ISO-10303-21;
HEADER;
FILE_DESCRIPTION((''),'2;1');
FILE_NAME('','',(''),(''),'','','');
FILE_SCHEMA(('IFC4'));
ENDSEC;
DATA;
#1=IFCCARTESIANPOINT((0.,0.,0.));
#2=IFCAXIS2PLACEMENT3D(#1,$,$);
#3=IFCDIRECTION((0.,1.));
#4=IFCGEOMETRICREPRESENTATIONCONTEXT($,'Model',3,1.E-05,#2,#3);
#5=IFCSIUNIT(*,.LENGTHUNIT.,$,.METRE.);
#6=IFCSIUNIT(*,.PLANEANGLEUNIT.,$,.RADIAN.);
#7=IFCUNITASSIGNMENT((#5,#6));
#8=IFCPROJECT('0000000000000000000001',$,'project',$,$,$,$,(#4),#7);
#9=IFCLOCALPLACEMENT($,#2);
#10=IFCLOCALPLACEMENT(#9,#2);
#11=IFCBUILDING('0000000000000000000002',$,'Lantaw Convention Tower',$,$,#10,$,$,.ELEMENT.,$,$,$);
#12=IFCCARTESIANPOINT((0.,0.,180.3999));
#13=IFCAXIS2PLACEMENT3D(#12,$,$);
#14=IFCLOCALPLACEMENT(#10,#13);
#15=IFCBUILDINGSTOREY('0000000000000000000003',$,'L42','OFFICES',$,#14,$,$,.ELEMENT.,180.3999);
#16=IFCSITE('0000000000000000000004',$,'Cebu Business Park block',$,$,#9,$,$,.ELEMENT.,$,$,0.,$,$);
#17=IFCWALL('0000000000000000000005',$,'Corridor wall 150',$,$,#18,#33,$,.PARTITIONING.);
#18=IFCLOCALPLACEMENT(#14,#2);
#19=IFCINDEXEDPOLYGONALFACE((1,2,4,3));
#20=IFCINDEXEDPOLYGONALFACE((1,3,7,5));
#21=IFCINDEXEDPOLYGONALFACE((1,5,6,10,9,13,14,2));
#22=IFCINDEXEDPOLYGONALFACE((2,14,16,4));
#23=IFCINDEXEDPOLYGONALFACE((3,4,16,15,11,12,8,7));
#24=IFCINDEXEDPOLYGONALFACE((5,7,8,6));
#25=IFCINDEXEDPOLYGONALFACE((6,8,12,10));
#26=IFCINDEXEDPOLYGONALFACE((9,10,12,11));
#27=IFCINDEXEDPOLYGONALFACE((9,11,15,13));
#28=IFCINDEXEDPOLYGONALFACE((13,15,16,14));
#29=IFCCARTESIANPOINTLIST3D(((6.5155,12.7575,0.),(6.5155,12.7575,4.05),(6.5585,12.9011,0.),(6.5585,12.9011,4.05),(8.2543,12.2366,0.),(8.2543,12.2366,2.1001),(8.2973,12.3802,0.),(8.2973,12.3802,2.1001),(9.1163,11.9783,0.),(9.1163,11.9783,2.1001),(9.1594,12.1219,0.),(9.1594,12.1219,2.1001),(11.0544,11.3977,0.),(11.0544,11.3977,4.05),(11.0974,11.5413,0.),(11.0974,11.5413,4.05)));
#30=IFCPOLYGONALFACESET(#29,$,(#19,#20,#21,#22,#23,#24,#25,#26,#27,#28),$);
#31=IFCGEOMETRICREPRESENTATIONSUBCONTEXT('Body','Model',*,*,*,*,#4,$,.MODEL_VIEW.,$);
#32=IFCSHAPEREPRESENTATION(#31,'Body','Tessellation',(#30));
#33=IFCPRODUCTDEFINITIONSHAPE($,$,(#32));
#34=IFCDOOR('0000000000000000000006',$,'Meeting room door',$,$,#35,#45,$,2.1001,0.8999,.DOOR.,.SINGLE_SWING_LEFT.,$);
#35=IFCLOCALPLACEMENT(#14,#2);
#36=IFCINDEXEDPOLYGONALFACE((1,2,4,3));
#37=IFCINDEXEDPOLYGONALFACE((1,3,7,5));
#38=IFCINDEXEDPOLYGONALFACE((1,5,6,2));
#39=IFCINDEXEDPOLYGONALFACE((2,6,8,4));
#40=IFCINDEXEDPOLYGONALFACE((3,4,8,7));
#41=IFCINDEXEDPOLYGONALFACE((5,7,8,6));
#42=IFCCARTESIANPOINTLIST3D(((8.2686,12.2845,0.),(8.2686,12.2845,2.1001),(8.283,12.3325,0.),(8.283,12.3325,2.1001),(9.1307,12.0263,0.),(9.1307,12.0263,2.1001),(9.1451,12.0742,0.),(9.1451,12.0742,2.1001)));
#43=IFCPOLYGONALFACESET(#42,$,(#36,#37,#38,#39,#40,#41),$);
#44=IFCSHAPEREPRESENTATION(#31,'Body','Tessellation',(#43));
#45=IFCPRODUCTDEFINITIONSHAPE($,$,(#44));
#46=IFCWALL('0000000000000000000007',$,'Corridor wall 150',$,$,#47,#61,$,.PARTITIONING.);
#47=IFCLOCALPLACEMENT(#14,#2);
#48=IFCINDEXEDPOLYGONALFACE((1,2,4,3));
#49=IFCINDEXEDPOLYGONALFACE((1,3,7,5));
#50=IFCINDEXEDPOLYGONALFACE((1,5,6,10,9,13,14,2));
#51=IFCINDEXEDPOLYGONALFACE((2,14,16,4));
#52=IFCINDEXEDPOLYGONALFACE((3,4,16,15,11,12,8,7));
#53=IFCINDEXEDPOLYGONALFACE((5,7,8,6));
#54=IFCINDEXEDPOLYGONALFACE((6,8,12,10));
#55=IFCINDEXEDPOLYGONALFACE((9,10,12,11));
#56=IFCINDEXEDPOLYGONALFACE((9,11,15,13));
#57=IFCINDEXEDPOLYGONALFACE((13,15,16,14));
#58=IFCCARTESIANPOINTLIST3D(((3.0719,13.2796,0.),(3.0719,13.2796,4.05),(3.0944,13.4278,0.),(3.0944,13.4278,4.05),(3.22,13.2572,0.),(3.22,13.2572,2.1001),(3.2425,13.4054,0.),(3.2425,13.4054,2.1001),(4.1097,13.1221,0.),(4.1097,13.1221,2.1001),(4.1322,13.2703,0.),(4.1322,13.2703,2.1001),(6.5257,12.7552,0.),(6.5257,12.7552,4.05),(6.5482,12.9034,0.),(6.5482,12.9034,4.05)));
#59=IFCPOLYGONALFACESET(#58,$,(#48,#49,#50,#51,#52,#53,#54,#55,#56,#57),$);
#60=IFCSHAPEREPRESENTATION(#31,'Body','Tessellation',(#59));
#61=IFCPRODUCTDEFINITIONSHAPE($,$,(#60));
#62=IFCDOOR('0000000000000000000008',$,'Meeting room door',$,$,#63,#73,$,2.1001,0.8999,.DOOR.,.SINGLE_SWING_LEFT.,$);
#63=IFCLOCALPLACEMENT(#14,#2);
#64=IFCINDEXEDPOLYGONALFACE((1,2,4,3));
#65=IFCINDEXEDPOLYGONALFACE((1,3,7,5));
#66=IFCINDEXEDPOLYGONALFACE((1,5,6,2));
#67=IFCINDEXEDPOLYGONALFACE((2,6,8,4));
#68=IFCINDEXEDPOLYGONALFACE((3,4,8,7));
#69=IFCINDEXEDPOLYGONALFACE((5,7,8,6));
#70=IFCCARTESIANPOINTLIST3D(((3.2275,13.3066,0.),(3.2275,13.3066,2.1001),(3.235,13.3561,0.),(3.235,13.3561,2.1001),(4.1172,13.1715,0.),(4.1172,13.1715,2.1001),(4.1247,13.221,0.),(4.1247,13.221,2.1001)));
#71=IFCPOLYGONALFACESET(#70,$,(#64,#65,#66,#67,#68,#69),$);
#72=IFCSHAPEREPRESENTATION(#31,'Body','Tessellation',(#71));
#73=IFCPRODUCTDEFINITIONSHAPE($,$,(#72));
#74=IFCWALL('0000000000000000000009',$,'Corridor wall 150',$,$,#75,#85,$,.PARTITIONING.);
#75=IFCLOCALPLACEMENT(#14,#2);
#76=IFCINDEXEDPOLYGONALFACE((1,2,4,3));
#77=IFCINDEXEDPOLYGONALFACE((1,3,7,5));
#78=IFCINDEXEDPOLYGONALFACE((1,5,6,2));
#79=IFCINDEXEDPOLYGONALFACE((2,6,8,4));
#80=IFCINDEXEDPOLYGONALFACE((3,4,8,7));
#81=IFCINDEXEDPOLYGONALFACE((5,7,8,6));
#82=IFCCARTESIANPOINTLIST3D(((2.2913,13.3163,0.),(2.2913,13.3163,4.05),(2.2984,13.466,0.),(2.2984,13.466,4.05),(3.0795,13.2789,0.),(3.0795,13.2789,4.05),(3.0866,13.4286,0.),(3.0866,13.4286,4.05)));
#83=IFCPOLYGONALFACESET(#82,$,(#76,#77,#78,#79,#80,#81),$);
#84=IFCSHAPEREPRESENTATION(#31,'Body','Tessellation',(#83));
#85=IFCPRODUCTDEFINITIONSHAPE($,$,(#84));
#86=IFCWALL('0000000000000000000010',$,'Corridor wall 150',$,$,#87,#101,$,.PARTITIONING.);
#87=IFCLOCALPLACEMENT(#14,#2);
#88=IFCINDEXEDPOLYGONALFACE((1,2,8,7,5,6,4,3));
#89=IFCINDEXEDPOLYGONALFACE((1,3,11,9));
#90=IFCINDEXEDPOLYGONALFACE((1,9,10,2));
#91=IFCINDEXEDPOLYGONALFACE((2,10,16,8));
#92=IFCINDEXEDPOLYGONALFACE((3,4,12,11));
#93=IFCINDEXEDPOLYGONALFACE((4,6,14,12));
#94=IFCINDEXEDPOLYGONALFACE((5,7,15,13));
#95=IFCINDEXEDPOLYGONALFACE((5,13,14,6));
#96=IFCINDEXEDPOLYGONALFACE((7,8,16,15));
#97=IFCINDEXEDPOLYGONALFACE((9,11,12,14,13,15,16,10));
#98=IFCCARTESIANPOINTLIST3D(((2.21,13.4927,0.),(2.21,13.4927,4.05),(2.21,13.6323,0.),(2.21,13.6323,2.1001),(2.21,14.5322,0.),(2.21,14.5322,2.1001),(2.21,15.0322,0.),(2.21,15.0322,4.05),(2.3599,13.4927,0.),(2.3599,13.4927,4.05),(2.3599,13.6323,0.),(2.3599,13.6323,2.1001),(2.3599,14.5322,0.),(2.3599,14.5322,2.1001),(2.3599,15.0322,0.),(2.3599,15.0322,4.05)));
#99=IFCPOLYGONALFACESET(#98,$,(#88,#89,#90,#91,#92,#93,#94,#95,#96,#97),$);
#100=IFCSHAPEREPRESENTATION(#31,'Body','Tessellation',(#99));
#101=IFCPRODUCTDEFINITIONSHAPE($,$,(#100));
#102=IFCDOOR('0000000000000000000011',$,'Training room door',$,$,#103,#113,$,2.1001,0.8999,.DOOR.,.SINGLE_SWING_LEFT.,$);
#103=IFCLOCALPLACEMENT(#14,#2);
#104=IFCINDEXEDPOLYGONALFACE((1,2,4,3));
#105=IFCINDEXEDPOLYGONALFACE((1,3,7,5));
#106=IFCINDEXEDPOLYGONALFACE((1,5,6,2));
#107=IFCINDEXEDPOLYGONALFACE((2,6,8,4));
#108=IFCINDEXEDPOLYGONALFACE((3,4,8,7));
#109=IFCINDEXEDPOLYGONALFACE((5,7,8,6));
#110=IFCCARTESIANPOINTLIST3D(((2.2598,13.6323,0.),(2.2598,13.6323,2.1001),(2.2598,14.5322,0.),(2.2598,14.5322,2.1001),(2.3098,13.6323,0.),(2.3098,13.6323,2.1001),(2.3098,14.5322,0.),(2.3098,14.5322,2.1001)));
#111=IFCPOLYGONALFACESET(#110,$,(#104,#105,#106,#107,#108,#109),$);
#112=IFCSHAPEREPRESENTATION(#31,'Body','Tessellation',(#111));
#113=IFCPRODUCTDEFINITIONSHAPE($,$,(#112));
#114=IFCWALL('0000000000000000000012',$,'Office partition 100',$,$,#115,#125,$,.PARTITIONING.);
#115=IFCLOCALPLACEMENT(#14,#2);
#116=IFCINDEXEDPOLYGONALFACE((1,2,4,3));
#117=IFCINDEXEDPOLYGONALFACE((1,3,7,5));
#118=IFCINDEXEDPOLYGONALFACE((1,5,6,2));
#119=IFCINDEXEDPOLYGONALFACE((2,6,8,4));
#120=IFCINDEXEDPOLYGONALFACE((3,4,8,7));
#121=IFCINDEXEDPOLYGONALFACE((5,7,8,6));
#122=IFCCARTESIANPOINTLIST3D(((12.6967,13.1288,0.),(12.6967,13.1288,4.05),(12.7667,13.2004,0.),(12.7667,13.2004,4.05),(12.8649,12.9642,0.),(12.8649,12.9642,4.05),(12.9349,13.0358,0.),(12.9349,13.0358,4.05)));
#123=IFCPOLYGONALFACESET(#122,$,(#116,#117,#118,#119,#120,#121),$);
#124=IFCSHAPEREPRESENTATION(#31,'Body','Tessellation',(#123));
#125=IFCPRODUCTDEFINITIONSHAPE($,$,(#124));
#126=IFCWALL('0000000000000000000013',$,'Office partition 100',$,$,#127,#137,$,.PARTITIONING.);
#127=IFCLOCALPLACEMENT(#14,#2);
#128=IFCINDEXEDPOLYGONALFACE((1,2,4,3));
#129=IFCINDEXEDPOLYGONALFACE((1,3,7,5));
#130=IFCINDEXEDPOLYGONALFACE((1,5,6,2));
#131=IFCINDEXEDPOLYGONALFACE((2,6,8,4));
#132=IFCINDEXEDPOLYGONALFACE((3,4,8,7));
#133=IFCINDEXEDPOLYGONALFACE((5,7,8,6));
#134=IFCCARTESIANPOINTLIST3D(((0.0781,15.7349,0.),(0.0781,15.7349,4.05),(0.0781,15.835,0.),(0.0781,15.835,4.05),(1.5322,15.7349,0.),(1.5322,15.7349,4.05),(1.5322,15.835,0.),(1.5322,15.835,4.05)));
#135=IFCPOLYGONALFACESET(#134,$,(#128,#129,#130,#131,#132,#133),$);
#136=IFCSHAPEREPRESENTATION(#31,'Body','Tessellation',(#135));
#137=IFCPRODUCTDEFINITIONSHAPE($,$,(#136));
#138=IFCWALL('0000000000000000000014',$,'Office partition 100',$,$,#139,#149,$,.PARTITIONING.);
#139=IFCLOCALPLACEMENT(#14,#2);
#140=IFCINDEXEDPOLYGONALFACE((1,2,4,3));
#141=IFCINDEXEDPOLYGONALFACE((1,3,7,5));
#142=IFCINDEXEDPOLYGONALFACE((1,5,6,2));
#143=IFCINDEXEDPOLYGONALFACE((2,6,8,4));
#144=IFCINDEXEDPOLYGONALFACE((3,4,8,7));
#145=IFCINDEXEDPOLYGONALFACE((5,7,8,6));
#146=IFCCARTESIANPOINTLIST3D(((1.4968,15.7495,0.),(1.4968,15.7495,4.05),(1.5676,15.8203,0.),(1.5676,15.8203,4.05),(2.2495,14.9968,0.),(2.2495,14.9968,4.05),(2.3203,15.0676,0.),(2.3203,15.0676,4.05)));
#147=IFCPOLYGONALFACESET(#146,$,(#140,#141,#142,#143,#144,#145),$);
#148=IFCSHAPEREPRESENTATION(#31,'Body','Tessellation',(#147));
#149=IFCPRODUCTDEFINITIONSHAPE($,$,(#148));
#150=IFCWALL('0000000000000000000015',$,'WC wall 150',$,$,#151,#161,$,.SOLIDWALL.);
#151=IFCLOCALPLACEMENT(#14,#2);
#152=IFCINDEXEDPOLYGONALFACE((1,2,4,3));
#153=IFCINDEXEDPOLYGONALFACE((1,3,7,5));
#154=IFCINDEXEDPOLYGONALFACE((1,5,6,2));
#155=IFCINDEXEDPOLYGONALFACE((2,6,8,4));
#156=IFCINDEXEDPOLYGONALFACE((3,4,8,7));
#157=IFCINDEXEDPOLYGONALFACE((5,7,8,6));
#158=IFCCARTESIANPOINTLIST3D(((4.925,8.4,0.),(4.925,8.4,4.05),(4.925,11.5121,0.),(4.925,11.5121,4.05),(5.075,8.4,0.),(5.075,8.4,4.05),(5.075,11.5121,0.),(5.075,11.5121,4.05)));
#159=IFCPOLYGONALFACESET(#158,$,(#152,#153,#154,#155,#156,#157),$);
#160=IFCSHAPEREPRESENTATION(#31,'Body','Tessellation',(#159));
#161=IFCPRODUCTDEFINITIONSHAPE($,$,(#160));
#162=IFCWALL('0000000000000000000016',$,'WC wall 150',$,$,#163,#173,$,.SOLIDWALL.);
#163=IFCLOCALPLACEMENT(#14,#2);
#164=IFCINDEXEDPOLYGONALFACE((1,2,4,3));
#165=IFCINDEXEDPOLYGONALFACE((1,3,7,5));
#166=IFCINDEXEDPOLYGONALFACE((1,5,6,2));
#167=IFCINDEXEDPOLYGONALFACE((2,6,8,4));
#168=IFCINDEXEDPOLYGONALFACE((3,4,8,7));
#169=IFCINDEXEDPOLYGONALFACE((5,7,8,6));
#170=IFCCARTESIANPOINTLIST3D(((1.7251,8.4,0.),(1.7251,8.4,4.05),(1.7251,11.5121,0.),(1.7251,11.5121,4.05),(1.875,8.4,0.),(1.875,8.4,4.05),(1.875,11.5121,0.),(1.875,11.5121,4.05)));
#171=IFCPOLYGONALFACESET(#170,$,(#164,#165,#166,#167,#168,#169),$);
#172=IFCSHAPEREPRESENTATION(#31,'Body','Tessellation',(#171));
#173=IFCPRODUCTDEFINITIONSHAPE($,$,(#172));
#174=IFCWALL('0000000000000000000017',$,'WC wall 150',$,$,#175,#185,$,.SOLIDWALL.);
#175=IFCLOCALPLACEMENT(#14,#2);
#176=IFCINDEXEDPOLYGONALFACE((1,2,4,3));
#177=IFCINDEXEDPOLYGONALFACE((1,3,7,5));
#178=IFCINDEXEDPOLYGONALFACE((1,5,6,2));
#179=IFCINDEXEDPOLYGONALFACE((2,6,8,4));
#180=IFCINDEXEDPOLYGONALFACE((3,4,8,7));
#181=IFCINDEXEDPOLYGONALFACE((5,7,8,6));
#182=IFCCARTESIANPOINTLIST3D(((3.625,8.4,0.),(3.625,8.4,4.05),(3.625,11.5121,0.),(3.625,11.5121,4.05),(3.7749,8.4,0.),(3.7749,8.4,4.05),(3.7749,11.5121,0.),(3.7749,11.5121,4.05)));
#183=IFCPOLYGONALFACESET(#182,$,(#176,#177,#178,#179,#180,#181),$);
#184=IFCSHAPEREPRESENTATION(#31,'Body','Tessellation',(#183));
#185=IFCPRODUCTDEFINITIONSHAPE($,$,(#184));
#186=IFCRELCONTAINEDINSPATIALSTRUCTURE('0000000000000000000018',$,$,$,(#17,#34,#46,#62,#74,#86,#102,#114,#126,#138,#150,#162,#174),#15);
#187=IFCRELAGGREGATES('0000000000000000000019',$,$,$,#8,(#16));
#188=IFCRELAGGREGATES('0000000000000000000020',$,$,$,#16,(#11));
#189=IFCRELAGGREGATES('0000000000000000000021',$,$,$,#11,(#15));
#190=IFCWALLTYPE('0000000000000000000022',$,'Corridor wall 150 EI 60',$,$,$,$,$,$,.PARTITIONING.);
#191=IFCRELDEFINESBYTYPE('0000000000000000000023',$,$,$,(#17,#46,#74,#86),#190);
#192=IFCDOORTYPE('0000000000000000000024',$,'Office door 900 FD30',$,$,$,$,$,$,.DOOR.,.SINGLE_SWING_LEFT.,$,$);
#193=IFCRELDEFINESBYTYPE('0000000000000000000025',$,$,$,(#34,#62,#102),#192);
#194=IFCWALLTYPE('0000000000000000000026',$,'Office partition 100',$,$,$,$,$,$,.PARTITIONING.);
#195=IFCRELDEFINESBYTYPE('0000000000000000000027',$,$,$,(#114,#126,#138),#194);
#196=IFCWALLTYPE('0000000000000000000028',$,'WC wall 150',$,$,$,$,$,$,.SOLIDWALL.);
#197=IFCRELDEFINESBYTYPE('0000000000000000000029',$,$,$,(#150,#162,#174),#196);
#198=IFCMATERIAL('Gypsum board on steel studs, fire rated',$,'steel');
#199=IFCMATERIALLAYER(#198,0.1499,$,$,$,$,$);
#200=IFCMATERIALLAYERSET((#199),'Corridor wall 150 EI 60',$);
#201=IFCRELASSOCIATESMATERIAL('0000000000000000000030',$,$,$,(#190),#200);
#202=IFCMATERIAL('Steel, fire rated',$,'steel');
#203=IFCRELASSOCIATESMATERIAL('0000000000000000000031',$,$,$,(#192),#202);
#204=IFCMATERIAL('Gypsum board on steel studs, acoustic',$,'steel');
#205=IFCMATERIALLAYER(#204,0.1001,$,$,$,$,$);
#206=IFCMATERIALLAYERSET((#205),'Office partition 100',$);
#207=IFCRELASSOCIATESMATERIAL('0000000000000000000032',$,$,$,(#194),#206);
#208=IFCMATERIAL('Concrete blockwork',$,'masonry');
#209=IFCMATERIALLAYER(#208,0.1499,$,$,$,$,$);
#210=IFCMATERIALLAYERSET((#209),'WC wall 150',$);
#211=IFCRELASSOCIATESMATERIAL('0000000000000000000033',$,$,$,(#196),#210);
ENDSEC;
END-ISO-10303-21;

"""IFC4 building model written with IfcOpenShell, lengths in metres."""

from ifc_helpers import new_model, si_unit, direction, frame, frame_2d, origin, place, context, subcontext, project, spatial, rectangle, extrude, material, layer, layer_set, type_object, element, fill, save


model = new_model("IFC4")

# Units and contexts
model_context = context("Model", 3, precision=1e-05, world=origin(), true_north=direction((0.0, 1.0)))
body_context = subcontext(model_context, "Body", "Model", "MODEL_VIEW")
ifc_project = project(units=[si_unit("LENGTHUNIT", "METRE"), si_unit("PLANEANGLEUNIT", "RADIAN")], contexts=[model_context])

# Site, building, storey
site_placement = place(None, origin())
site = spatial("IfcSite", under=ifc_project, at=site_placement, Name="Cebu Business Park block", CompositionType="ELEMENT", RefElevation=0.0)
building_placement = place(site_placement, origin())
building = spatial("IfcBuilding", under=site, at=building_placement, Name="Lantaw Convention Tower", CompositionType="ELEMENT")
storey_placement = place(building_placement, frame((0.0, 0.0, 180.3999)))
storey = spatial("IfcBuildingStorey", under=building, at=storey_placement, Name="L42", Description="OFFICES", CompositionType="ELEMENT", Elevation=180.3999)

# Walls, openings, doors
ifc_material_1 = material(Name="Gypsum board on steel studs, fire rated", Category="steel")
ifc_layer_1 = layer(ifc_material_1, 0.1499)
ifc_layer_set_1 = layer_set([ifc_layer_1], Name="Corridor wall 150 EI 60")
wall_type_1 = type_object("IfcWallType", Name="Corridor wall 150 EI 60", PredefinedType="PARTITIONING", material=ifc_layer_set_1)
wall_1_placement = place(storey_placement, frame((11.0759, 11.4695, 0.0), z_axis=(0.0, 0.0, 1.0), x_axis=(-0.957934, 0.286989, 0.0)))
wall_1 = element("IfcWall", 1, at=wall_1_placement, inside=storey, type_object=wall_type_1, Name="Corridor wall 150", PredefinedType="PARTITIONING", context=body_context, shape_type="SweptSolid", body=[
    extrude(rectangle(XDim=4.7383, YDim=0.1499, at=frame_2d((2.3691, 0.0))), origin(), (0.0, 0.0, 1.0), 4.05),
])
opening_1_placement = place(wall_1_placement, frame((2.0232, 0.0, 0.0)))
opening_1 = element("IfcOpeningElement", 2, at=opening_1_placement, cuts=wall_1, PredefinedType="OPENING", context=body_context, shape_type="SweptSolid", body=[
    extrude(rectangle(XDim=0.8999, YDim=2.1001, at=frame_2d((0.45, 1.05))), frame((0.0, 0.085, 0.0), z_axis=(0.0, -1.0, 0.0), x_axis=(1.0, 0.0, 0.0)), (0.0, 0.0, 1.0), 0.1699),
])
ifc_material_2 = material(Name="Steel, fire rated", Category="steel")
door_type_1 = type_object("IfcDoorType", Name="Office door 900 FD30", OperationType="SINGLE_SWING_LEFT", PredefinedType="DOOR", material=ifc_material_2)
door_1_placement = place(opening_1_placement, origin())
door_1 = element("IfcDoor", 3, at=door_1_placement, inside=storey, type_object=door_type_1, Name="Meeting room door", OperationType="SINGLE_SWING_LEFT", OverallHeight=2.1001, OverallWidth=0.8999, PredefinedType="DOOR", context=body_context, shape_type="SweptSolid", body=[
    extrude(rectangle(XDim=0.8999, YDim=2.1001, at=frame_2d((0.45, 1.05))), frame((0.0, 0.0249, 0.0), z_axis=(0.0, -1.0, 0.0), x_axis=(1.0, 0.0, 0.0)), (0.0, 0.0, 1.0), 0.05),
])
fill(opening_1, door_1)
wall_2_placement = place(storey_placement, frame((6.5369, 12.8293, 0.0), z_axis=(0.0, 0.0, 1.0), x_axis=(-0.988669, 0.150114, 0.0)))
wall_2 = element("IfcWall", 4, at=wall_2_placement, inside=storey, type_object=wall_type_1, Name="Corridor wall 150", PredefinedType="PARTITIONING", context=body_context, shape_type="SweptSolid", body=[
    extrude(rectangle(XDim=3.4934, YDim=0.1499, at=frame_2d((1.7466, 0.0))), origin(), (0.0, 0.0, 1.0), 4.05),
])
opening_2_placement = place(wall_2_placement, frame((2.4436, 0.0, 0.0)))
opening_2 = element("IfcOpeningElement", 5, at=opening_2_placement, cuts=wall_2, PredefinedType="OPENING", context=body_context, shape_type="SweptSolid", body=[
    extrude(rectangle(XDim=0.8999, YDim=2.1001, at=frame_2d((0.45, 1.05))), frame((0.0, 0.085, 0.0), z_axis=(0.0, -1.0, 0.0), x_axis=(1.0, 0.0, 0.0)), (0.0, 0.0, 1.0), 0.1699),
])
door_2_placement = place(opening_2_placement, origin())
door_2 = element("IfcDoor", 6, at=door_2_placement, inside=storey, type_object=door_type_1, Name="Meeting room door", OperationType="SINGLE_SWING_LEFT", OverallHeight=2.1001, OverallWidth=0.8999, PredefinedType="DOOR", context=body_context, shape_type="SweptSolid", body=[
    extrude(rectangle(XDim=0.8999, YDim=2.1001, at=frame_2d((0.45, 1.05))), frame((0.0, 0.0249, 0.0), z_axis=(0.0, -1.0, 0.0), x_axis=(1.0, 0.0, 0.0)), (0.0, 0.0, 1.0), 0.05),
])
fill(opening_2, door_2)

# Wall
wall_3_placement = place(storey_placement, frame((3.083, 13.3538, 0.0), z_axis=(0.0, 0.0, 1.0), x_axis=(-0.998879, 0.047345, 0.0)))
element("IfcWall", 7, at=wall_3_placement, inside=storey, type_object=wall_type_1, Name="Corridor wall 150", PredefinedType="PARTITIONING", context=body_context, shape_type="SweptSolid", body=[
    extrude(rectangle(XDim=0.7891, YDim=0.1499, at=frame_2d((0.3945, 0.0))), origin(), (0.0, 0.0, 1.0), 4.05),
])

# Wall, opening, door
wall_4_placement = place(storey_placement, frame((2.2849, 15.0322, 0.0), z_axis=(0.0, 0.0, 1.0), x_axis=(0.0, -1.0, 0.0)))
wall_4 = element("IfcWall", 8, at=wall_4_placement, inside=storey, type_object=wall_type_1, Name="Corridor wall 150", PredefinedType="PARTITIONING", context=body_context, shape_type="SweptSolid", body=[
    extrude(rectangle(XDim=1.5396, YDim=0.1499, at=frame_2d((0.7698, 0.0))), origin(), (0.0, 0.0, 1.0), 4.05),
])
opening_3_placement = place(wall_4_placement, frame((0.5, 0.0, 0.0)))
opening_3 = element("IfcOpeningElement", 9, at=opening_3_placement, cuts=wall_4, PredefinedType="OPENING", context=body_context, shape_type="SweptSolid", body=[
    extrude(rectangle(XDim=0.8999, YDim=2.1001, at=frame_2d((0.45, 1.05))), frame((0.0, 0.085, 0.0), z_axis=(0.0, -1.0, 0.0), x_axis=(1.0, 0.0, 0.0)), (0.0, 0.0, 1.0), 0.1699),
])
door_3_placement = place(opening_3_placement, origin())
door_3 = element("IfcDoor", 10, at=door_3_placement, inside=storey, type_object=door_type_1, Name="Training room door", OperationType="SINGLE_SWING_LEFT", OverallHeight=2.1001, OverallWidth=0.8999, PredefinedType="DOOR", context=body_context, shape_type="SweptSolid", body=[
    extrude(rectangle(XDim=0.8999, YDim=2.1001, at=frame_2d((0.45, 1.05))), frame((0.0, 0.0249, 0.0), z_axis=(0.0, -1.0, 0.0), x_axis=(1.0, 0.0, 0.0)), (0.0, 0.0, 1.0), 0.05),
])
fill(opening_3, door_3)

# Walls
ifc_material_3 = material(Name="Gypsum board on steel studs, acoustic", Category="steel")
ifc_layer_2 = layer(ifc_material_3, 0.1001)
ifc_layer_set_2 = layer_set([ifc_layer_2], Name="Office partition 100")
wall_type_2 = type_object("IfcWallType", Name="Office partition 100", PredefinedType="PARTITIONING", material=ifc_layer_set_2)
wall_5_placement = place(storey_placement, frame((12.8999, 13.0, 0.0), z_axis=(0.0, 0.0, 1.0), x_axis=(-0.714845, 0.699283, 0.0)))
element("IfcWall", 11, at=wall_5_placement, inside=storey, type_object=wall_type_2, Name="Office partition 100", PredefinedType="PARTITIONING", context=body_context, shape_type="SweptSolid", body=[
    extrude(rectangle(XDim=0.2354, YDim=0.1001, at=frame_2d((0.1177, 0.0))), origin(), (0.0, 0.0, 1.0), 4.05),
])
wall_6_placement = place(storey_placement, frame((0.0781, 15.7849, 0.0), z_axis=(0.0, 0.0, 1.0), x_axis=(1.0, 0.0, 0.0)))
element("IfcWall", 12, at=wall_6_placement, inside=storey, type_object=wall_type_2, Name="Office partition 100", PredefinedType="PARTITIONING", context=body_context, shape_type="SweptSolid", body=[
    extrude(rectangle(XDim=1.4541, YDim=0.1001, at=frame_2d((0.7271, 0.0))), origin(), (0.0, 0.0, 1.0), 4.05),
])
wall_7_placement = place(storey_placement, frame((1.5322, 15.7849, 0.0), z_axis=(0.0, 0.0, 1.0), x_axis=(0.707107, -0.707107, 0.0)))
element("IfcWall", 13, at=wall_7_placement, inside=storey, type_object=wall_type_2, Name="Office partition 100", PredefinedType="PARTITIONING", context=body_context, shape_type="SweptSolid", body=[
    extrude(rectangle(XDim=1.0645, YDim=0.1001, at=frame_2d((0.5322, 0.0))), origin(), (0.0, 0.0, 1.0), 4.05),
])
ifc_material_4 = material(Name="Concrete blockwork", Category="masonry")
ifc_layer_3 = layer(ifc_material_4, 0.1499)
ifc_layer_set_3 = layer_set([ifc_layer_3], Name="WC wall 150")
wall_type_3 = type_object("IfcWallType", Name="WC wall 150", PredefinedType="SOLIDWALL", material=ifc_layer_set_3)
for number, where, z_axis, x_axis, name in (
    (14, (5.0, 8.3999, 0.0), (0.0, 0.0, 1.0), (0.0, 1.0, 0.0), "WC wall 150"),
    (15, (1.8, 8.3999, 0.0), (0.0, 0.0, 1.0), (0.0, 1.0, 0.0), "WC wall 150"),
    (16, (3.7, 8.3999, 0.0), (0.0, 0.0, 1.0), (0.0, 1.0, 0.0), "WC wall 150"),
):
    element("IfcWall", number, at=place(storey_placement, frame(where, z_axis=z_axis, x_axis=x_axis)), inside=storey, type_object=wall_type_3, Name=name, PredefinedType="SOLIDWALL", context=body_context, shape_type="SweptSolid", body=[
        extrude(rectangle(XDim=3.1121, YDim=0.1499, at=frame_2d((1.5562, 0.0))), origin(), (0.0, 0.0, 1.0), 4.05),
    ])

save(model, "model.ifc")
